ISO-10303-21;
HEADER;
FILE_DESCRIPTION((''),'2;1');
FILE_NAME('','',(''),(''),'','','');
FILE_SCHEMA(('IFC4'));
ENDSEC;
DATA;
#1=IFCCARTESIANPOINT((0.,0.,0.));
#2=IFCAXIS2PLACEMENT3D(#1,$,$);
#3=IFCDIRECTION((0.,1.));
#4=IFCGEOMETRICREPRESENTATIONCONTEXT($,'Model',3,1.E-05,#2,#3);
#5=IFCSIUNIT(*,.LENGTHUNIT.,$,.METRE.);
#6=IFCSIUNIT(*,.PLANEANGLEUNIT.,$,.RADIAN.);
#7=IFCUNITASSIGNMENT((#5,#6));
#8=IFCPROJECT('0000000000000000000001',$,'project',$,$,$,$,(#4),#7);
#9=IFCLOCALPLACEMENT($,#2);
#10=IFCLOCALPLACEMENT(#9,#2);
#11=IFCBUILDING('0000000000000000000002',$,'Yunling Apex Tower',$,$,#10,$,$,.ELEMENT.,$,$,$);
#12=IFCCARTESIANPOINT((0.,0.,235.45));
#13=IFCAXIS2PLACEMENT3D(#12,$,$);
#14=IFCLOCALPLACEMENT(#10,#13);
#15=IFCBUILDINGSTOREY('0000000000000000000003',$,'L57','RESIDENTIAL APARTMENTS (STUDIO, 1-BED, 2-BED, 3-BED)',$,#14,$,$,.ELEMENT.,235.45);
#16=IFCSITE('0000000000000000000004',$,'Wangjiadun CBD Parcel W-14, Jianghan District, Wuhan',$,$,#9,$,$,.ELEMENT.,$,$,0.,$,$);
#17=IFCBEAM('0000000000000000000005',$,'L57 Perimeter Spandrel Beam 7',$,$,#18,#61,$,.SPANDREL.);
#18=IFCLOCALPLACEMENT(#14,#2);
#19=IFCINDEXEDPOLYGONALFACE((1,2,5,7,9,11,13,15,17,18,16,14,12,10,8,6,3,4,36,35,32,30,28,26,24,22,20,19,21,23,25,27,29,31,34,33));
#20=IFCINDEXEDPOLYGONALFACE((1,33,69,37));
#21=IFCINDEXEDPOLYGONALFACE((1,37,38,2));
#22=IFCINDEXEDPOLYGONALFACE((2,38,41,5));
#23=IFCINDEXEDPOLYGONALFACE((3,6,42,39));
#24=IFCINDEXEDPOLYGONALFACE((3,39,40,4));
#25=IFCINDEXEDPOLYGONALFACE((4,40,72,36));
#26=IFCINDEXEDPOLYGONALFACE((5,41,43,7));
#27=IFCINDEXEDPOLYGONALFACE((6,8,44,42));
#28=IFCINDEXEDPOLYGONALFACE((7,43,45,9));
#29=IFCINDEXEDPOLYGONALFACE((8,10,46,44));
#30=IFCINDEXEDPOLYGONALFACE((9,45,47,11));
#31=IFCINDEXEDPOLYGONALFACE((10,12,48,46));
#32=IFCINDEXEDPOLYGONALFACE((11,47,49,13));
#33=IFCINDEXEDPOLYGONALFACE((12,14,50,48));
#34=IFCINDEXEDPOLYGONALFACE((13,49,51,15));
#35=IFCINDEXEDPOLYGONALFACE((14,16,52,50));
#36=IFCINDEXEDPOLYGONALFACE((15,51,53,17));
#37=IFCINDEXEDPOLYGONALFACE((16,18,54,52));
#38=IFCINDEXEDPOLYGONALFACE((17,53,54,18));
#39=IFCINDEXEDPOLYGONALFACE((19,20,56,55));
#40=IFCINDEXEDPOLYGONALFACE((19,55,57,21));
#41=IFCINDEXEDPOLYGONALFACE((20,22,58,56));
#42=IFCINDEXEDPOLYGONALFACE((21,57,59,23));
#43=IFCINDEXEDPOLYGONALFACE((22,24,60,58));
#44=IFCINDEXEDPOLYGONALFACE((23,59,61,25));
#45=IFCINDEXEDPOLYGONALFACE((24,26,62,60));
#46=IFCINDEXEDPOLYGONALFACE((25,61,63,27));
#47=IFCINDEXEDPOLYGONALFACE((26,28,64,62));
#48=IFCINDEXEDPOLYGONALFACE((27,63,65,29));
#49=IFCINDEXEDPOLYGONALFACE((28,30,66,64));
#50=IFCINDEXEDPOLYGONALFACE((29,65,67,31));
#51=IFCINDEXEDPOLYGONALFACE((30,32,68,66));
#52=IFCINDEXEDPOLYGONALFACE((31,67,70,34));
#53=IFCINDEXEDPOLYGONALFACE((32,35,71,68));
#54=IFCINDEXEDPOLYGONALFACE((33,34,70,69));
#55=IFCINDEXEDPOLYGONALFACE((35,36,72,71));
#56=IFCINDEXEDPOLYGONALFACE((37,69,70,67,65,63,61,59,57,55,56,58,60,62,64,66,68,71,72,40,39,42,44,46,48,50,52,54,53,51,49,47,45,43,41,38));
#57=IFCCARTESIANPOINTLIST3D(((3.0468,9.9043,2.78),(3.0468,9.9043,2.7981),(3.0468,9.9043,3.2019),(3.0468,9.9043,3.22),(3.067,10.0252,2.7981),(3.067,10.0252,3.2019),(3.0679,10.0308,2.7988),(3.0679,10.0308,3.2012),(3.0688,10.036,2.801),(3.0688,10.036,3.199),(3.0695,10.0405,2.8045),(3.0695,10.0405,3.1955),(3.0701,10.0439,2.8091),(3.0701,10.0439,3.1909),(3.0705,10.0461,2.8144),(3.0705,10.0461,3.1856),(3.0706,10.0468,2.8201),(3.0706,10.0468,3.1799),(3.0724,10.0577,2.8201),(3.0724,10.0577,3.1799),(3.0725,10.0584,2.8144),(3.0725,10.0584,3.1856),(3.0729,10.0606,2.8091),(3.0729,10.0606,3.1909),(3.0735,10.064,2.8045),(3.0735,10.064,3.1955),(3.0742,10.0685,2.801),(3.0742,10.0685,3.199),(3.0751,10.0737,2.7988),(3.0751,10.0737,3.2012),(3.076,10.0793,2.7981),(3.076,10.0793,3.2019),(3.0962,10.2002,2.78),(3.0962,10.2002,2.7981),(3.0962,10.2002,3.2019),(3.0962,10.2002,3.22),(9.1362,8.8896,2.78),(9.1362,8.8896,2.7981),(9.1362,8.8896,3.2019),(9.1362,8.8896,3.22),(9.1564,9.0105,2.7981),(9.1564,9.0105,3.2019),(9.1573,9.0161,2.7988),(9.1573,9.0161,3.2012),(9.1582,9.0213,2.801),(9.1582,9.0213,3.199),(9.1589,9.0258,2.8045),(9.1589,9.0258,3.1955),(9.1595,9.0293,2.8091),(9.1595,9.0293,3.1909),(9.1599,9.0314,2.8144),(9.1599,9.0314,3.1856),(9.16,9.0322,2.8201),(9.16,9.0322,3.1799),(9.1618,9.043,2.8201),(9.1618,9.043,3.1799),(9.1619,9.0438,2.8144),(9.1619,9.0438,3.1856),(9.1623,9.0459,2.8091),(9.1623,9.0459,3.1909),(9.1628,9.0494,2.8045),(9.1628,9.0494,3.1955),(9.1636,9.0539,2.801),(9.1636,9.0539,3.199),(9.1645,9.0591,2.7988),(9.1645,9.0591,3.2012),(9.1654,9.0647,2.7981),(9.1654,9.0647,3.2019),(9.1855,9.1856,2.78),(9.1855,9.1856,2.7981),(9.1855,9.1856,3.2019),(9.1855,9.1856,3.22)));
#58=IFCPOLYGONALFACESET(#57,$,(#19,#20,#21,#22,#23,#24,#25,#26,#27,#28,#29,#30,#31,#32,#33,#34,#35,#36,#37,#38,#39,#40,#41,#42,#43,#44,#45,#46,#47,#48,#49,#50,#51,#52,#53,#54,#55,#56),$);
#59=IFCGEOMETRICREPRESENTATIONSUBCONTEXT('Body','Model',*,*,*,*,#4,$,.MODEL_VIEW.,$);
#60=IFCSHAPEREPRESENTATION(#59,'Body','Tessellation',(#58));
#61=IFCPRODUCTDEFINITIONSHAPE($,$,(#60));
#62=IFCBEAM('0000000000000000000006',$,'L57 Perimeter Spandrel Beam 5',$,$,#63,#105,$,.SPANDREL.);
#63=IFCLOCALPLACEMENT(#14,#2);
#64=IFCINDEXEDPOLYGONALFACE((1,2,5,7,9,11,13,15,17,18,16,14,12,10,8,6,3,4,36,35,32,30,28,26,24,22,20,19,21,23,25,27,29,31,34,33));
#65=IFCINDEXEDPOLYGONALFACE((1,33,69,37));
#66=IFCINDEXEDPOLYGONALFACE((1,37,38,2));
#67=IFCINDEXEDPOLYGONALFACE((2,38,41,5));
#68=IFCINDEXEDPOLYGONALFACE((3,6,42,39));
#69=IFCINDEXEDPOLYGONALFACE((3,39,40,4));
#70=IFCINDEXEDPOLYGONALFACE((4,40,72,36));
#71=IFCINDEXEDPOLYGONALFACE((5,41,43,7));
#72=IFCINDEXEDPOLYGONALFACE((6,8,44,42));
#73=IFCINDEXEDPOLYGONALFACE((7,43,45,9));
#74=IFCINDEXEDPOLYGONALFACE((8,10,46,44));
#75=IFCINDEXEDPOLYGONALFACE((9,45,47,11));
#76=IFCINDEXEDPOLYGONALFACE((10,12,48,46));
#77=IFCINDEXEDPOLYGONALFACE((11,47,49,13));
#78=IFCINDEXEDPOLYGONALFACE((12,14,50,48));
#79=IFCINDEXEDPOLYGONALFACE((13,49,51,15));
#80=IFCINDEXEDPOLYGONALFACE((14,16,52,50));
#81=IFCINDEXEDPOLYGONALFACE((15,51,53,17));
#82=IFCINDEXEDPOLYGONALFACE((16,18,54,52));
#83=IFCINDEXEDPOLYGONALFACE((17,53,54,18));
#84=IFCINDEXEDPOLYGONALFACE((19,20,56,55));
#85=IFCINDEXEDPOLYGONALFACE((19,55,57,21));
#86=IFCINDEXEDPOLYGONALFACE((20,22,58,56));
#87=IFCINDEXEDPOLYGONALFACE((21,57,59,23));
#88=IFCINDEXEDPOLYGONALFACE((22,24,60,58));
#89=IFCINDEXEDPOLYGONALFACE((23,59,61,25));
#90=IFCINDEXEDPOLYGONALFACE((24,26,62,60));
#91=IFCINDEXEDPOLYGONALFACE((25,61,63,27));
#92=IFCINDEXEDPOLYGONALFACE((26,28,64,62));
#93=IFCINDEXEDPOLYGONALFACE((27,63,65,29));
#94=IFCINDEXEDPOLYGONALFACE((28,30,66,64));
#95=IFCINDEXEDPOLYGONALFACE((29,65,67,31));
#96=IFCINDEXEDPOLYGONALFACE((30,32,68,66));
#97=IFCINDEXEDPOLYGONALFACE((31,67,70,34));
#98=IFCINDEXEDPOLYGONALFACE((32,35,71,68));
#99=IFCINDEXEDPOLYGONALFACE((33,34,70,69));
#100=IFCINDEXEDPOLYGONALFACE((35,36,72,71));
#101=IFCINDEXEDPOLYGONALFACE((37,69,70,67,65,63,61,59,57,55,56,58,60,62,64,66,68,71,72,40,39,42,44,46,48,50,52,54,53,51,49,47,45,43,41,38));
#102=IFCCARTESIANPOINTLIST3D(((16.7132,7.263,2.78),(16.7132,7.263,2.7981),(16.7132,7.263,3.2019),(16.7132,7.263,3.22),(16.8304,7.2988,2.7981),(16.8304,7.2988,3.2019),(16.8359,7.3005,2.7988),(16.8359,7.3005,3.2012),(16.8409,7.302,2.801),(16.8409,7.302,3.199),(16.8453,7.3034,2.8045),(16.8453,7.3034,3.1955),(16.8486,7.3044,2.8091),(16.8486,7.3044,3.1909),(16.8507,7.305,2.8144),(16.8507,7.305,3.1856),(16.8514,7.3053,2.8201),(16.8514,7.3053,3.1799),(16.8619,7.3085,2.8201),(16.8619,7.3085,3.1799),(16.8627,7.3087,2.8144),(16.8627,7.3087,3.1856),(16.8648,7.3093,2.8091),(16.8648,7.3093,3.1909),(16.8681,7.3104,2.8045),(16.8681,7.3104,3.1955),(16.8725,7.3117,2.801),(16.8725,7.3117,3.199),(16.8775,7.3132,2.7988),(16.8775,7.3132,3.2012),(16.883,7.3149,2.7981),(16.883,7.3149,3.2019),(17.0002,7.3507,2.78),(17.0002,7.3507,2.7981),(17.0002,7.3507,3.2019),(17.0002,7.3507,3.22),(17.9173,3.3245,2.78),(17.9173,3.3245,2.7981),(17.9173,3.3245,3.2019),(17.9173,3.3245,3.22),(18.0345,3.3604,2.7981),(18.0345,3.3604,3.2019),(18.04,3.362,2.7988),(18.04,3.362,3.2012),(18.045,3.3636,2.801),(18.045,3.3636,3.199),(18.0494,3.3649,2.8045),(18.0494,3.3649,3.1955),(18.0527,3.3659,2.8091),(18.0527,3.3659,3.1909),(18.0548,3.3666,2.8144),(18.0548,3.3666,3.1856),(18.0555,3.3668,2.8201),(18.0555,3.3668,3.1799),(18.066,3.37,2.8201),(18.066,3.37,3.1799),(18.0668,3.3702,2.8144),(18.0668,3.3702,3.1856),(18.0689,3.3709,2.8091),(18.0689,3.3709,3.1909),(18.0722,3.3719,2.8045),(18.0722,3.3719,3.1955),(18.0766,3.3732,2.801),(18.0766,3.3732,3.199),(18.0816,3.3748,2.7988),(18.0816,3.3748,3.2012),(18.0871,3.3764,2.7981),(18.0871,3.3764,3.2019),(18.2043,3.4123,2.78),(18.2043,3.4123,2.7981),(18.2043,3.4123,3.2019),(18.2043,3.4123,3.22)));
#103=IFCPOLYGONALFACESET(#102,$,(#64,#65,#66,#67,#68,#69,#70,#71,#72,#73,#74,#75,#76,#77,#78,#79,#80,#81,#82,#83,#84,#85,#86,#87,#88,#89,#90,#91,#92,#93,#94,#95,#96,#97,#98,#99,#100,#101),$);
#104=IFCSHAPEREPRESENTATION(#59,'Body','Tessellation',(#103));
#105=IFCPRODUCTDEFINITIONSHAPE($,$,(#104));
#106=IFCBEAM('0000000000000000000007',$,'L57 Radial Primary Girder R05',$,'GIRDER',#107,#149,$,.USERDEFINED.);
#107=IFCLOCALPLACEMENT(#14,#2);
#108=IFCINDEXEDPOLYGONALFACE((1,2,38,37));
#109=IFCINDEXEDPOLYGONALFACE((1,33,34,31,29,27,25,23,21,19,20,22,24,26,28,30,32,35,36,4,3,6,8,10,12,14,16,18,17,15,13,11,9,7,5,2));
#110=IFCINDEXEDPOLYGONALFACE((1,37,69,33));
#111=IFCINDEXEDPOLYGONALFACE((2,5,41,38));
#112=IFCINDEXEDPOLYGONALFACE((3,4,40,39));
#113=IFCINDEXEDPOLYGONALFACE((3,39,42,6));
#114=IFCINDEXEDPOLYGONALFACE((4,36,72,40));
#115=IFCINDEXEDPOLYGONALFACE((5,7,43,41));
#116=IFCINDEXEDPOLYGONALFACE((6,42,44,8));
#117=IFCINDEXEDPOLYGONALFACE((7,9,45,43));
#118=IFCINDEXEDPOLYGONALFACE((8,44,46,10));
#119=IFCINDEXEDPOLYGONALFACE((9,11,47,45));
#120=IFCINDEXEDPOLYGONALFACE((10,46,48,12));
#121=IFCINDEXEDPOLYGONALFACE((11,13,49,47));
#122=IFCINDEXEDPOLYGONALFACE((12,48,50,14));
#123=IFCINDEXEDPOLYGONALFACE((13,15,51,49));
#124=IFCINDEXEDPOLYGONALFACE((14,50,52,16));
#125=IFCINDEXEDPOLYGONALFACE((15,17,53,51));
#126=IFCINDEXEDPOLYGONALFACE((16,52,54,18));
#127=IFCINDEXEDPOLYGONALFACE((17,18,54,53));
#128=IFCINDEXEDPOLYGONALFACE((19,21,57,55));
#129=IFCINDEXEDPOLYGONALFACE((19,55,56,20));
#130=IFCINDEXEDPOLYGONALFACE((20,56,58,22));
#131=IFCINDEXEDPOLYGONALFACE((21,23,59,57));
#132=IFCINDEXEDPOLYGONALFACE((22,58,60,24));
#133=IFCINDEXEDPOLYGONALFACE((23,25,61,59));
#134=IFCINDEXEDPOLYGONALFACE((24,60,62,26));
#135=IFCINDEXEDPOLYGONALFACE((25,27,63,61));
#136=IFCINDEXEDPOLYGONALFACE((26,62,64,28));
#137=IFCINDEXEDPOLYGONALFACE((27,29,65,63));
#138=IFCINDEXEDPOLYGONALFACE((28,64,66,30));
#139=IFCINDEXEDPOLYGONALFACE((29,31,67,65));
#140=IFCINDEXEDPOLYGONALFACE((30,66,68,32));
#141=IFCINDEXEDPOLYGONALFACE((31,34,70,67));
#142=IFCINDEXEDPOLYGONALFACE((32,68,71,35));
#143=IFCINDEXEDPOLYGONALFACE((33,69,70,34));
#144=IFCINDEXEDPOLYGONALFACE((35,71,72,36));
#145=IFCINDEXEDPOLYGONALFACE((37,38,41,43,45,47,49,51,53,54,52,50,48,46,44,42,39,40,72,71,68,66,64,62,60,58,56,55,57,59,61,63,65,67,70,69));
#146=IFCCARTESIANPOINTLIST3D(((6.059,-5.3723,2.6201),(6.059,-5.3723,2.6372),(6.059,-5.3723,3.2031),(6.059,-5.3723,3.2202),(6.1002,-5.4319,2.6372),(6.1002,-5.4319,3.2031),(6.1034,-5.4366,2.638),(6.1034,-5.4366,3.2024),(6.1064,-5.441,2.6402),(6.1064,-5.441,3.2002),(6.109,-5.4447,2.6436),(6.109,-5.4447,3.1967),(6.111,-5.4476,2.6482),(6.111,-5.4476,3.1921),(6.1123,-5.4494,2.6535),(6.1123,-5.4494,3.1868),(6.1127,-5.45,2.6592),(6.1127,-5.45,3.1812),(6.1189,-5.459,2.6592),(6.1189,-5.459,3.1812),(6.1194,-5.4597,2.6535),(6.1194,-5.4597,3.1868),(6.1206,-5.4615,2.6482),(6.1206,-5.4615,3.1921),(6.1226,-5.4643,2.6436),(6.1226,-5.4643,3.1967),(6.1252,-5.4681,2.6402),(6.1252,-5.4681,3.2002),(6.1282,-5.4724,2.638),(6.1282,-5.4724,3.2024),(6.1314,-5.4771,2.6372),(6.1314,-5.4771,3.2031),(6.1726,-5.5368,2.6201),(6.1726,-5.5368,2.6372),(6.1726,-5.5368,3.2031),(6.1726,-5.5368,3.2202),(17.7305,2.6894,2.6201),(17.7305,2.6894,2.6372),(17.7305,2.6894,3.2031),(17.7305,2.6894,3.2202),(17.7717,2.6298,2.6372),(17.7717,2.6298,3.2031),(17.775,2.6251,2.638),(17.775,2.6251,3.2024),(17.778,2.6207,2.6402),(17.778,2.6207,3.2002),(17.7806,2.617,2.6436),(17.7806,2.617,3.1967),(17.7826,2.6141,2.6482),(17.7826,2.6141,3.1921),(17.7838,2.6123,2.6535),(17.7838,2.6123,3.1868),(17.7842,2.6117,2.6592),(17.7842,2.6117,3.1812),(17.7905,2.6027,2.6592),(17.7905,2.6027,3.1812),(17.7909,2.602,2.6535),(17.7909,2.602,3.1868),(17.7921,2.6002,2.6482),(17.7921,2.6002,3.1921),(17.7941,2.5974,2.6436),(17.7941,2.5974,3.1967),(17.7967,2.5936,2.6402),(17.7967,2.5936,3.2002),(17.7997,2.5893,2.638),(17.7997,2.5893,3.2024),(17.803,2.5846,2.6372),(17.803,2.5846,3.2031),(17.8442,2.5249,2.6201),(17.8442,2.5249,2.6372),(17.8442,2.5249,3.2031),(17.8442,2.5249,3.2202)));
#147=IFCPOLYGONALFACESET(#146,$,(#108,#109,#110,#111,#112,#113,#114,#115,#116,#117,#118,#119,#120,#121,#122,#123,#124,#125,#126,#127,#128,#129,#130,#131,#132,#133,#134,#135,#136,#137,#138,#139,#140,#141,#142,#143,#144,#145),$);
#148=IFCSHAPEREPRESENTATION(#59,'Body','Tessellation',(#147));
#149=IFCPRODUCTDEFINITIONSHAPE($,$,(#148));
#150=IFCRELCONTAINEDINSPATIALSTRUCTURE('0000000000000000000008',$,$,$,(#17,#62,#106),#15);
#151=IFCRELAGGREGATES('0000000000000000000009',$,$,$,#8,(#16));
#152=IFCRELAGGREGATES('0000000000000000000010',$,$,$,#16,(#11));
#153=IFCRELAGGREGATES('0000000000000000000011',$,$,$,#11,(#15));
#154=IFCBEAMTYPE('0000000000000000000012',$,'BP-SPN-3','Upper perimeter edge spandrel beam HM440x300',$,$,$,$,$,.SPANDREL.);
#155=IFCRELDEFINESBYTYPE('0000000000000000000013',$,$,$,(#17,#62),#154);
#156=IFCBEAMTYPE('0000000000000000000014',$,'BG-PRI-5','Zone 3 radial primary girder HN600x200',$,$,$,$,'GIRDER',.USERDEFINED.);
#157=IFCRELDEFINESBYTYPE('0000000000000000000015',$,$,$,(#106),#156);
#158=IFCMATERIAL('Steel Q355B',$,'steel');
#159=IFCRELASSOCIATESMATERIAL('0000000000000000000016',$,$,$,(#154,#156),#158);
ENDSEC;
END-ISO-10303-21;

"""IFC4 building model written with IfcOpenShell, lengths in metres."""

from ifc_helpers import new_model, si_unit, direction, frame, origin, origin_2d, place, context, subcontext, project, spatial, i_section, extrude, source, transform, mapped, material, material_profile, profile_set, type_object, element, save


model = new_model("IFC4")

# Units and contexts
model_context = context("Model", 3, precision=1e-05, world=origin(), true_north=direction((0.0, 1.0)))
body_context = subcontext(model_context, "Body", "Model", "MODEL_VIEW")
ifc_project = project(units=[si_unit("LENGTHUNIT", "METRE"), si_unit("PLANEANGLEUNIT", "RADIAN")], contexts=[model_context])

# Site, building, storey
site_placement = place(None, origin())
site = spatial("IfcSite", under=ifc_project, at=site_placement, Name="Wangjiadun CBD Parcel W-14, Jianghan District, Wuhan", CompositionType="ELEMENT", RefElevation=0.0)
building_placement = place(site_placement, origin())
building = spatial("IfcBuilding", under=site, at=building_placement, Name="Yunling Apex Tower", CompositionType="ELEMENT")
storey_placement = place(building_placement, frame((0.0, 0.0, 235.45)))
storey = spatial("IfcBuildingStorey", under=building, at=storey_placement, Name="L57", Description="RESIDENTIAL APARTMENTS (STUDIO, 1-BED, 2-BED, 3-BED)", CompositionType="ELEMENT", Elevation=235.45)

# Beams
ifc_material_1 = material(Name="Steel Q355B", Category="steel")
ifc_material_profile_1 = material_profile(ifc_material_1, i_section(OverallWidth=0.3, OverallDepth=0.4399, WebThickness=0.011, FlangeThickness=0.0181, FilletRadius=0.022, at=origin_2d()))
ifc_profile_set_1 = profile_set([ifc_material_profile_1], Name="Steel Q355B")
beam_type_1 = type_object("IfcBeamType", Name="BP-SPN-3", Description="Upper perimeter edge spandrel beam HM440x300", PredefinedType="SPANDREL", material=ifc_profile_set_1)
shared_shape_1 = source(origin(), body_context, "Body", "SweptSolid", [
    extrude(i_section(OverallWidth=0.3, OverallDepth=0.4399, WebThickness=0.011, FlangeThickness=0.0181, FilletRadius=0.022, at=origin_2d()), origin(), (0.0, 0.0, 1.0), 6.1733),
])
for number, where, z_axis, x_axis, name in (
    (1, (9.1609, 9.0376, 3.0), (-0.9864, 0.164361, 0.0), (-0.164361, -0.9864, 0.0), "L57 Perimeter Spandrel Beam 7"),
):
    element("IfcBeam", number, at=place(storey_placement, frame(where, z_axis=z_axis, x_axis=x_axis)), inside=storey, type_object=beam_type_1, Name=name, PredefinedType="SPANDREL", context=body_context, shape_type="MappedRepresentation", body=[
        mapped(shared_shape_1, transform((0.0, 0.0, 0.0), scale=1.0)),
    ])
shared_shape_2 = source(origin(), body_context, "Body", "SweptSolid", [
    extrude(i_section(OverallWidth=0.3, OverallDepth=0.4399, WebThickness=0.011, FlangeThickness=0.0181, FilletRadius=0.022, at=origin_2d()), origin(), (0.0, 0.0, 1.0), 4.1184),
])
beam_1_placement = place(storey_placement, frame((18.0608, 3.3684, 3.0), z_axis=(-0.292369, 0.956306, 0.0), x_axis=(-0.956306, -0.292369, 0.0)))
element("IfcBeam", 2, at=beam_1_placement, inside=storey, type_object=beam_type_1, Name="L57 Perimeter Spandrel Beam 5", PredefinedType="SPANDREL", context=body_context, shape_type="MappedRepresentation", body=[
    mapped(shared_shape_2, transform((0.0, 0.0, 0.0), scale=1.0)),
])
ifc_material_profile_2 = material_profile(ifc_material_1, i_section(OverallWidth=0.2, OverallDepth=0.6001, WebThickness=0.011, FlangeThickness=0.0171, FilletRadius=0.022, at=origin_2d()))
ifc_profile_set_2 = profile_set([ifc_material_profile_2], Name="Steel Q355B")
beam_type_2 = type_object("IfcBeamType", Name="BG-PRI-5", Description="Zone 3 radial primary girder HN600x200", ElementType="GIRDER", PredefinedType="USERDEFINED", material=ifc_profile_set_2)
shared_shape_3 = source(origin(), body_context, "Body", "SweptSolid", [
    extrude(i_section(OverallWidth=0.2, OverallDepth=0.6001, WebThickness=0.011, FlangeThickness=0.0171, FilletRadius=0.022, at=origin_2d()), origin(), (0.0, 0.0, 1.0), 14.1851),
])
beam_2_placement = place(storey_placement, frame((17.7874, 2.6072, 2.9202), z_axis=(-0.822805, -0.568324, 0.0), x_axis=(0.568324, -0.822805, 0.0)))
element("IfcBeam", 3, at=beam_2_placement, inside=storey, type_object=beam_type_2, Name="L57 Radial Primary Girder R05", ObjectType="GIRDER", PredefinedType="USERDEFINED", context=body_context, shape_type="MappedRepresentation", body=[
    mapped(shared_shape_3, transform((0.0, 0.0, 0.0), scale=1.0)),
])

save(model, "model.ifc")
